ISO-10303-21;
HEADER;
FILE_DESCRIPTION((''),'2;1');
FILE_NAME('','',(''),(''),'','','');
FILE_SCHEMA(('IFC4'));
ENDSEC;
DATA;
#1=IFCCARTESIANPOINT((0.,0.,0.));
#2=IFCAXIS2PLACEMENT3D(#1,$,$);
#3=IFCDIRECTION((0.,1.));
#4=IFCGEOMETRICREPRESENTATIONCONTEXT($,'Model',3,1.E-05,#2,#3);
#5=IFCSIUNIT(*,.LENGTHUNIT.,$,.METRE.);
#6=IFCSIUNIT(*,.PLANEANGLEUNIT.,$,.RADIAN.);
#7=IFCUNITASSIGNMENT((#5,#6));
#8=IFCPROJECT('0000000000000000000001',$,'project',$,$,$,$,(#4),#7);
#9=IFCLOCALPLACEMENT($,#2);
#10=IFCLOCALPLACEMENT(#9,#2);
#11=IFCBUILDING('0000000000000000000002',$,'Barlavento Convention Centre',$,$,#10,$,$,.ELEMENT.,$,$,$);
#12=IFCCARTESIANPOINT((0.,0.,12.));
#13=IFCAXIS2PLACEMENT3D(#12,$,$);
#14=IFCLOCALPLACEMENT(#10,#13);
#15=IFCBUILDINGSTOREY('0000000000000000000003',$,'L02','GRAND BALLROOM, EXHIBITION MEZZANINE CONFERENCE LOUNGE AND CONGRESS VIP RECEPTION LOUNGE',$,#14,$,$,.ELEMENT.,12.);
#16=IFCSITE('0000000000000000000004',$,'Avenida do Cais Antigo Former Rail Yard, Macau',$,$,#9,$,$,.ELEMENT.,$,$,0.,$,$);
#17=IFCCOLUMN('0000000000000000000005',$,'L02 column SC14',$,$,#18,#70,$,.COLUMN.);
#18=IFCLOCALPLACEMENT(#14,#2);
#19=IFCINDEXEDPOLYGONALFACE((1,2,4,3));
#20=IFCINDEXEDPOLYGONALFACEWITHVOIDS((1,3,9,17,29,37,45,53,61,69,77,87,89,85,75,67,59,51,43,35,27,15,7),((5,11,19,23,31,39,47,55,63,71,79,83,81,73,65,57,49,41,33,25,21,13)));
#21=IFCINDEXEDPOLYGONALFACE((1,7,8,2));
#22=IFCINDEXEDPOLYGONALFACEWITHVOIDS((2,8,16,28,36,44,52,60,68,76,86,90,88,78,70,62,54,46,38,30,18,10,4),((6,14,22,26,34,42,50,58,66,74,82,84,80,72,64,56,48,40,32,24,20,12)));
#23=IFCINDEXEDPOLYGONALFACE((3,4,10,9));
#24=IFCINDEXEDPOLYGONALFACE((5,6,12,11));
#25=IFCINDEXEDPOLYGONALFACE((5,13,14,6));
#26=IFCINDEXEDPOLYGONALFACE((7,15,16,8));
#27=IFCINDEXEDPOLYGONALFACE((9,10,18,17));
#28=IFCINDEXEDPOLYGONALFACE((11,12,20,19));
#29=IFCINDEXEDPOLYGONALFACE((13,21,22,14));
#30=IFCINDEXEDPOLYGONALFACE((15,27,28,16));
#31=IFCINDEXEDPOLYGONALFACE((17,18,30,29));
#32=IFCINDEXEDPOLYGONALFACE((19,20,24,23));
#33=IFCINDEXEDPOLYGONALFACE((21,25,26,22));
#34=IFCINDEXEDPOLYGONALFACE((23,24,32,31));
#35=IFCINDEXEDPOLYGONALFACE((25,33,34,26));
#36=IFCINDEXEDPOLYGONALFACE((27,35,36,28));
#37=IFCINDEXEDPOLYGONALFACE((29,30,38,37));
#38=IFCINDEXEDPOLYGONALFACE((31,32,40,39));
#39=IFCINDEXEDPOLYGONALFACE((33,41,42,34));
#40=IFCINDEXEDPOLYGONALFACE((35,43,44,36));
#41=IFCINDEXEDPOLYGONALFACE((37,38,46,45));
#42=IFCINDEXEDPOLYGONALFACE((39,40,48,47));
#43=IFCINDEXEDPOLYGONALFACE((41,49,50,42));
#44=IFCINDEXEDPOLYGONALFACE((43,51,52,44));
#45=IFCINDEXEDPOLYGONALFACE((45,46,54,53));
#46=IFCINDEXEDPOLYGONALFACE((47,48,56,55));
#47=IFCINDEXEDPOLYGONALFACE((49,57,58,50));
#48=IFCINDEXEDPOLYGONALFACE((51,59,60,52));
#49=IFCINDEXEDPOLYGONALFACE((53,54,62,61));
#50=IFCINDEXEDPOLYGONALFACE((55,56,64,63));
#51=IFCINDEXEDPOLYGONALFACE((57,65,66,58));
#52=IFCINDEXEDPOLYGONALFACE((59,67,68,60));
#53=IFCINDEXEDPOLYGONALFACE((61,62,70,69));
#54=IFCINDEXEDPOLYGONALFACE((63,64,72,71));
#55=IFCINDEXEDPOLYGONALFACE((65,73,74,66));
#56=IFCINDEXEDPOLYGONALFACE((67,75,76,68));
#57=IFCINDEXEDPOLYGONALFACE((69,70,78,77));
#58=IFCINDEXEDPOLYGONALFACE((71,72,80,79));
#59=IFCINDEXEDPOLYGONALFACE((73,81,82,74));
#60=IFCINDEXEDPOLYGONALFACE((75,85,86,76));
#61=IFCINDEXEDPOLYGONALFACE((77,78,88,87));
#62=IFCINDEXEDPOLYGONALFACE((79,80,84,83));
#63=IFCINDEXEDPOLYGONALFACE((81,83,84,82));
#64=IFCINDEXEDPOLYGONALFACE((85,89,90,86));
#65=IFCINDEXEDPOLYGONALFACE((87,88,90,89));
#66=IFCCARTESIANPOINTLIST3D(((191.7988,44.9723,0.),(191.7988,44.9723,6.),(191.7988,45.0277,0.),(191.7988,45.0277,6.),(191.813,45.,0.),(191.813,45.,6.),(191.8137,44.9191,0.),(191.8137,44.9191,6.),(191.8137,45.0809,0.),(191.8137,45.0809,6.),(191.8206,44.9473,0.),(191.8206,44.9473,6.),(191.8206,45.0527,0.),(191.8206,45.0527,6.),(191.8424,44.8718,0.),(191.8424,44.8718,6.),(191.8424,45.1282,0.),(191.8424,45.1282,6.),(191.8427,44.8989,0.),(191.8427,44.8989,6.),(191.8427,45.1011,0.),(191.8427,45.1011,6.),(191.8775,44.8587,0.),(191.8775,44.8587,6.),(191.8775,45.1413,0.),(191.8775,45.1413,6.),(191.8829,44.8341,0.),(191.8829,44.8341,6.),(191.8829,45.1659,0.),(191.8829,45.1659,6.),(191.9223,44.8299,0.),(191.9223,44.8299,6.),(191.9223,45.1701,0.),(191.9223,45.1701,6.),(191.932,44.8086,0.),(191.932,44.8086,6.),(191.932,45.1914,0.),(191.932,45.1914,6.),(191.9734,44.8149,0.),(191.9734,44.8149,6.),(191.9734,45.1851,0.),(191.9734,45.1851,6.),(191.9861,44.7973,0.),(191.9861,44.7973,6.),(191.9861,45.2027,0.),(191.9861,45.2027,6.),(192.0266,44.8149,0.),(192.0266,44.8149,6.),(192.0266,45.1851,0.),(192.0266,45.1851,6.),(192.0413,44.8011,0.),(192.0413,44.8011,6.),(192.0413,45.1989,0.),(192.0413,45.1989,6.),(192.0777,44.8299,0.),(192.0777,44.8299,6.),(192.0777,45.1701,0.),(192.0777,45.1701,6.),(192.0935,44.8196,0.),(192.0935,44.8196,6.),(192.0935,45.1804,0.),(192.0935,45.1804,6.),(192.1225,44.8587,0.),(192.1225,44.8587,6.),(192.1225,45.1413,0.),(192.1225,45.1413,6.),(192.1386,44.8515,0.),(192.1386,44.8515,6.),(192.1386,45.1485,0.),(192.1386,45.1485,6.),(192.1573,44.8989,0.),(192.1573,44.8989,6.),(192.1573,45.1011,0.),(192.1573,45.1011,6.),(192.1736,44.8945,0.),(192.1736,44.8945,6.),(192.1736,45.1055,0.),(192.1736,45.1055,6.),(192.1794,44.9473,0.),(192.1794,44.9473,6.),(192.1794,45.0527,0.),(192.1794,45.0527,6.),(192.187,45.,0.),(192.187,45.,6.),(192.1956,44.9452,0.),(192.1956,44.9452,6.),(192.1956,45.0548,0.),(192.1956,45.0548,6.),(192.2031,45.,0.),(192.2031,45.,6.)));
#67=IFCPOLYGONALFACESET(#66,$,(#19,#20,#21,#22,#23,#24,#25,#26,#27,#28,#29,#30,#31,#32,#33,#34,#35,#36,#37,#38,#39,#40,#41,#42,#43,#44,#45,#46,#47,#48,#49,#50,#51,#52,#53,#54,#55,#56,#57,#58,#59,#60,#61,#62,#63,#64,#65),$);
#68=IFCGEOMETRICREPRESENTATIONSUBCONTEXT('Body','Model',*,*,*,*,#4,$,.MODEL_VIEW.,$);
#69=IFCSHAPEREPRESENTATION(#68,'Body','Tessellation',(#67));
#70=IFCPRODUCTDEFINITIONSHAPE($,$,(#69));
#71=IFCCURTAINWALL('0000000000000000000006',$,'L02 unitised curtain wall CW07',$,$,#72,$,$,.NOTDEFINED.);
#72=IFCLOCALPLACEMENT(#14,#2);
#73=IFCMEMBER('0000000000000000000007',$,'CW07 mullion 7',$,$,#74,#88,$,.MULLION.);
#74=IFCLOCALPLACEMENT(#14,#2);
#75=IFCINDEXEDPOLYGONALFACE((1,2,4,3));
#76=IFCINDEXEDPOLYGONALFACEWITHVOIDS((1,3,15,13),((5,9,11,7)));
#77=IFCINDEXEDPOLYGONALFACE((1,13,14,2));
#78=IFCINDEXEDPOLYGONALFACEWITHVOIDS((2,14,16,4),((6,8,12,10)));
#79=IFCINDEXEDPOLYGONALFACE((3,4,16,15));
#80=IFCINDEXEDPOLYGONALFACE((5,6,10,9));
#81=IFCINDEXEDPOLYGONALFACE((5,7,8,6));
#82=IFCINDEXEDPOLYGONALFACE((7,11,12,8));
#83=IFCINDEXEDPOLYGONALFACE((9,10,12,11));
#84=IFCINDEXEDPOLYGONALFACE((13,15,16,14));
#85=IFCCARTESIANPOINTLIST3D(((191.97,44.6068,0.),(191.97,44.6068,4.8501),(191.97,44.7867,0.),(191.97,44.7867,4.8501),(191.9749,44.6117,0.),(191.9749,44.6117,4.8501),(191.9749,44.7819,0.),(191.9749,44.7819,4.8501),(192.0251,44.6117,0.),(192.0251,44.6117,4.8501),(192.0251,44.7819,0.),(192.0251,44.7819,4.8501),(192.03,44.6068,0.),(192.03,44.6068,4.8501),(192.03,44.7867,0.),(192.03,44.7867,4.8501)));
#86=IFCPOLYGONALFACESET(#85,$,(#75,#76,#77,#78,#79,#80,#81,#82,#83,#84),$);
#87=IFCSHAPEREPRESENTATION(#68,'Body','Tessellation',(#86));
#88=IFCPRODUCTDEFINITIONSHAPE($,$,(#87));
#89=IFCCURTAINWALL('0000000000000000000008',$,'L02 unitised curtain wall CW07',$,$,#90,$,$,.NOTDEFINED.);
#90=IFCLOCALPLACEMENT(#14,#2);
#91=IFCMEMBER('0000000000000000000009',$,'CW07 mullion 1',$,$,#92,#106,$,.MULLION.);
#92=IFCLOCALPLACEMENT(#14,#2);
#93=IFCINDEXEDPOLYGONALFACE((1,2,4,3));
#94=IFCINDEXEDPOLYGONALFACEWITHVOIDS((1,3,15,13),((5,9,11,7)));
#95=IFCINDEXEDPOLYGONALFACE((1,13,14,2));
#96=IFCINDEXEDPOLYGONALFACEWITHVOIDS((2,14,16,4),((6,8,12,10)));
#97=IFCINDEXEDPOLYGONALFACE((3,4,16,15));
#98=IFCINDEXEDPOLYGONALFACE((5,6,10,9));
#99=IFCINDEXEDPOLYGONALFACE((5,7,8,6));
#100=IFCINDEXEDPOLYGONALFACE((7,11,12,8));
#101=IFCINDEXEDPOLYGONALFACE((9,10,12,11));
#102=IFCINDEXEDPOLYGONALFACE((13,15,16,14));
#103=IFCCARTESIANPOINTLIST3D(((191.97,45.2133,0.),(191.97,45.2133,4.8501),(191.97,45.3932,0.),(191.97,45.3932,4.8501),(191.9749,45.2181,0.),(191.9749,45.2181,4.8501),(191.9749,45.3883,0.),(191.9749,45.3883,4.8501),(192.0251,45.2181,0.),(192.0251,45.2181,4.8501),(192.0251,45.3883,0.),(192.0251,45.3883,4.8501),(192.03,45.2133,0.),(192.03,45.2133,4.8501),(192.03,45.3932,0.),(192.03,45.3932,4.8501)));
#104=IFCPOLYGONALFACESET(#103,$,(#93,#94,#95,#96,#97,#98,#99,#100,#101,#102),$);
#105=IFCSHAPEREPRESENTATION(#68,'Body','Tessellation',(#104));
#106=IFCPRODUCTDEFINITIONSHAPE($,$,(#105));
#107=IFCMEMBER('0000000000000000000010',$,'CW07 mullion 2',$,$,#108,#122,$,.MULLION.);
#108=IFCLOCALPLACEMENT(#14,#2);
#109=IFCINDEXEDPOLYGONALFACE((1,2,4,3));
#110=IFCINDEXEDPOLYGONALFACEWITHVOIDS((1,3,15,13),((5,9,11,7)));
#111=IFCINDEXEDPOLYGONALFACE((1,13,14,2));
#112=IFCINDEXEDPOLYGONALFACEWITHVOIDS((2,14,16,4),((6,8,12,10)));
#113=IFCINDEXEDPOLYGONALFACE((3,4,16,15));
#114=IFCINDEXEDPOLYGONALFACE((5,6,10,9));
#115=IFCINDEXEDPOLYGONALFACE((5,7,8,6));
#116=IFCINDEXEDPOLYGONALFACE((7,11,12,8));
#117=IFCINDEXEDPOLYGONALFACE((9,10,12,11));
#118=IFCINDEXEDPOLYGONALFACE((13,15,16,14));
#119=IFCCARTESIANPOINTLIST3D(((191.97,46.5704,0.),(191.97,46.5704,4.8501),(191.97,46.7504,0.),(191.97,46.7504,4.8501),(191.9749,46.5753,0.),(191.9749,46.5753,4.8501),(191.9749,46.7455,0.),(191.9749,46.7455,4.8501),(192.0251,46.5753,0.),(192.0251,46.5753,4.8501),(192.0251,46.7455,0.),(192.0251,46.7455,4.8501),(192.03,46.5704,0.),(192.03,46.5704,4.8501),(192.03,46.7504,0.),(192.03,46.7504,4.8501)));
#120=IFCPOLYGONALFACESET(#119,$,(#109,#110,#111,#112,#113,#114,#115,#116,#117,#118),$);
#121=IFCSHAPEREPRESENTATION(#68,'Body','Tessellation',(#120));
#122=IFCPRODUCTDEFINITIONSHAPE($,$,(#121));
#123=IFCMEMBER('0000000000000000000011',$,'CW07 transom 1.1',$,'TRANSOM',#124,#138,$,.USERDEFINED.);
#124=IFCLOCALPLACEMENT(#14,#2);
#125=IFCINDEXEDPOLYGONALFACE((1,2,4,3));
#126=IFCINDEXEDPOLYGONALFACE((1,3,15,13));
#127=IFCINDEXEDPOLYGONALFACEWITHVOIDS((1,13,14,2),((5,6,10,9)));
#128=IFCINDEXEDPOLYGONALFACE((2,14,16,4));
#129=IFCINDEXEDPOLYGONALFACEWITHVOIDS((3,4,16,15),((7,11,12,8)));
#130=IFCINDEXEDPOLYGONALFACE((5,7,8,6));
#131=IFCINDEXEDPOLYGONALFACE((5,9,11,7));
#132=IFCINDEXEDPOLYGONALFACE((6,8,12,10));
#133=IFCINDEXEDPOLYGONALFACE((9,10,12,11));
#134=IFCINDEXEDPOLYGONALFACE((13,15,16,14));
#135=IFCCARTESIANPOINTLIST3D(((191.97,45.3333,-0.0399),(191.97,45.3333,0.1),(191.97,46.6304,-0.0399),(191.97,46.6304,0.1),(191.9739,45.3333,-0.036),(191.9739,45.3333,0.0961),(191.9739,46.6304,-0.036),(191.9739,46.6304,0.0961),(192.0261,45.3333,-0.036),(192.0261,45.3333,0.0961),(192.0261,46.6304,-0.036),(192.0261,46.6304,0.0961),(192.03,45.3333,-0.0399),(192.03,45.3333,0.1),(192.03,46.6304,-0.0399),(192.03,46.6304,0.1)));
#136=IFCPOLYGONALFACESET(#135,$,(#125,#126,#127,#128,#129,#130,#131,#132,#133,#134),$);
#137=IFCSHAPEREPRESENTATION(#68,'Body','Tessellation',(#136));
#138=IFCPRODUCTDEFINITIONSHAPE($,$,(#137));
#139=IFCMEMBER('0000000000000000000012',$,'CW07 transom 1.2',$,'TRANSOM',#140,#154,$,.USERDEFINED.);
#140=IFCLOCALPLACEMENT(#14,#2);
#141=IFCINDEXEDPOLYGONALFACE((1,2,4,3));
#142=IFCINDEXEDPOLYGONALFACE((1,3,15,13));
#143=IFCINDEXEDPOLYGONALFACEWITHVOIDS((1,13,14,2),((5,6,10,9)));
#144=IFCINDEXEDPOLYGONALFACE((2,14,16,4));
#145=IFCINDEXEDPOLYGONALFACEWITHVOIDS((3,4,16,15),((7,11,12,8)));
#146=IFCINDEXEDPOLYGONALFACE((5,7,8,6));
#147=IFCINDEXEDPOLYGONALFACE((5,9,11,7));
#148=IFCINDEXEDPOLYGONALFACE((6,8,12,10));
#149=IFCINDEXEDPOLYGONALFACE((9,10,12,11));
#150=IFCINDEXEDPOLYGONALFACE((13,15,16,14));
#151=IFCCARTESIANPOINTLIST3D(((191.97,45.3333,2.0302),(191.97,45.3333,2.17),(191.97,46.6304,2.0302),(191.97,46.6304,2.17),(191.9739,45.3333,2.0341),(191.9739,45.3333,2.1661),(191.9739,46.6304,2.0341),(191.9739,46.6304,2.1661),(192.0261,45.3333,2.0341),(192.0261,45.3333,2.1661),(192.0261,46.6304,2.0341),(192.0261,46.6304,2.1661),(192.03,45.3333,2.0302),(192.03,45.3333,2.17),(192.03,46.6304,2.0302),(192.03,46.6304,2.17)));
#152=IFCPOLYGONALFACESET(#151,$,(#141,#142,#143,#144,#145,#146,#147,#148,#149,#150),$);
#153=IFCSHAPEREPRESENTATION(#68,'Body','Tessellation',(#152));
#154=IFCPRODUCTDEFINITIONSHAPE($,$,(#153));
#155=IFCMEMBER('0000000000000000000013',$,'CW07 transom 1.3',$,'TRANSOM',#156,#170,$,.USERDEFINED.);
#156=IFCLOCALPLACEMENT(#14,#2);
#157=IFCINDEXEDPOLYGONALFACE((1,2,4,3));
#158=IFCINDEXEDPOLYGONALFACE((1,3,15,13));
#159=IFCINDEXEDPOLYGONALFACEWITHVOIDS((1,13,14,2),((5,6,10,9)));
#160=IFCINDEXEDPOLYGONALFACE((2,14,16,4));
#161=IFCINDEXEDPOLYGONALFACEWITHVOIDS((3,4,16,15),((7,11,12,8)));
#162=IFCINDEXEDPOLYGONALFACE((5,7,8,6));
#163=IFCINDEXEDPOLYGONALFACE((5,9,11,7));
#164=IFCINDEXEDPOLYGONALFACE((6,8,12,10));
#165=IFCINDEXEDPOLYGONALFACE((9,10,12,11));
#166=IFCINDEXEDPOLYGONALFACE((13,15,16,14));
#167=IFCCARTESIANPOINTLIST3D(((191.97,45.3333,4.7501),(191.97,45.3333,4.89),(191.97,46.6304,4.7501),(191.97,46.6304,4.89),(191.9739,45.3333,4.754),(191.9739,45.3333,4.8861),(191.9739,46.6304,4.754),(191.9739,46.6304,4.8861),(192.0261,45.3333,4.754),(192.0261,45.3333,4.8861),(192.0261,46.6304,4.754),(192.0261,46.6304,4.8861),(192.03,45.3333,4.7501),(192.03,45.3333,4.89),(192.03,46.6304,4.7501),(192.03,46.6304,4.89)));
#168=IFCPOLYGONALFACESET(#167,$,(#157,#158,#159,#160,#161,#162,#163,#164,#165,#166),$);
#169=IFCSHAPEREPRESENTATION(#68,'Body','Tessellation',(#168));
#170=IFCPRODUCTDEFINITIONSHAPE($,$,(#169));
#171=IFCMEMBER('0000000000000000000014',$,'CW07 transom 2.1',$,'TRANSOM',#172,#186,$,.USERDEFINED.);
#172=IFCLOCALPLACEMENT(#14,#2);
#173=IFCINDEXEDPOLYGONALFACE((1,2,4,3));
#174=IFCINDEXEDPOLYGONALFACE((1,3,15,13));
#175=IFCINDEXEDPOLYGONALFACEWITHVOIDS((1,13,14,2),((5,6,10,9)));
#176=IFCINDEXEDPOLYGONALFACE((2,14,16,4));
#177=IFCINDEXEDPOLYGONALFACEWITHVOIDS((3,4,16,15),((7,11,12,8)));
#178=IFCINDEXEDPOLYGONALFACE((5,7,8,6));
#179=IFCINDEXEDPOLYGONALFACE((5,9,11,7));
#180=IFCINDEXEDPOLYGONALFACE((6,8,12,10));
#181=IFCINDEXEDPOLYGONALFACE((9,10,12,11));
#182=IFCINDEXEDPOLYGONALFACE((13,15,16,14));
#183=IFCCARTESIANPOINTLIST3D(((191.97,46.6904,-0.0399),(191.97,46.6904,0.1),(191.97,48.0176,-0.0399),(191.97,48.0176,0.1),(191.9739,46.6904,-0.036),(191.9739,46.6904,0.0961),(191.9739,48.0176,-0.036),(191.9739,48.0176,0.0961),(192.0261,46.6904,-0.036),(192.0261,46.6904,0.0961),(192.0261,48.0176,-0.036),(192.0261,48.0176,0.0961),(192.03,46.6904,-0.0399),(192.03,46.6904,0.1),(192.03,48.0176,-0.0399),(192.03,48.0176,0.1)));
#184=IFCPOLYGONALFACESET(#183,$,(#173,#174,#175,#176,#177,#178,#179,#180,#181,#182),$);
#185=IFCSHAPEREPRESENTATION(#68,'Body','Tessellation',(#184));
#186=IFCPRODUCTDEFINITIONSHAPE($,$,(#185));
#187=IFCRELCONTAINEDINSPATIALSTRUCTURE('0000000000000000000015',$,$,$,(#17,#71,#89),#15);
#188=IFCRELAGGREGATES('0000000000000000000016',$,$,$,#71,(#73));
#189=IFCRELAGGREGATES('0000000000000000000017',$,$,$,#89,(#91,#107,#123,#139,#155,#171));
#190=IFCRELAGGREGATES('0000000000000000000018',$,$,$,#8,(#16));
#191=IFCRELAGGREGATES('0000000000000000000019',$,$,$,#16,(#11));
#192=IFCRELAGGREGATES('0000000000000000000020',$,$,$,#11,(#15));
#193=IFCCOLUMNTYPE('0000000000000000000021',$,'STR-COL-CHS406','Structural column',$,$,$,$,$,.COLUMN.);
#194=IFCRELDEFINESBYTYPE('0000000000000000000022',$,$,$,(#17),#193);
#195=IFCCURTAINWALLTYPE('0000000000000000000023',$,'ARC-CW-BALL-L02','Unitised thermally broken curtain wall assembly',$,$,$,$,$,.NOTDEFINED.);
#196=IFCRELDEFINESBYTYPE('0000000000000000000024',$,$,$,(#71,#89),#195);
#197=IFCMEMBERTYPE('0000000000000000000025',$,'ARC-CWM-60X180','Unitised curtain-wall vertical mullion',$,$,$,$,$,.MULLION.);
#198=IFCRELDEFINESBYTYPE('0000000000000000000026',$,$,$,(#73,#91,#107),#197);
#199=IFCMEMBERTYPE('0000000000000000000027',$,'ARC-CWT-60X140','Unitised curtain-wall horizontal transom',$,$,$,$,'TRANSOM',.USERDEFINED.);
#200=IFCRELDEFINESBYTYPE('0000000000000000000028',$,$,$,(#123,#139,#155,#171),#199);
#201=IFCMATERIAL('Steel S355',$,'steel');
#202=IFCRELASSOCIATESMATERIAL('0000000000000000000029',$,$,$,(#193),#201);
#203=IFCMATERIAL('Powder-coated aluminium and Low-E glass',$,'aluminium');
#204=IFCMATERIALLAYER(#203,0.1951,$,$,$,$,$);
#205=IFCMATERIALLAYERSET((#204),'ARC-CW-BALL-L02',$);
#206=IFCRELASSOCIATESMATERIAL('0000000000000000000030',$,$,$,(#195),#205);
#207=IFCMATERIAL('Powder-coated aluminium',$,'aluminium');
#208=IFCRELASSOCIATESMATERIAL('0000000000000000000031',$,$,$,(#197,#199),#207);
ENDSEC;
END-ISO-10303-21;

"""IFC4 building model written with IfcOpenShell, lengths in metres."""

from ifc_helpers import new_model, si_unit, direction, frame, origin, origin_2d, place, context, subcontext, project, spatial, hollow_rectangle, hollow_circle, extrude, material, layer, layer_set, material_profile, profile_set, type_object, element, aggregate, save


model = new_model("IFC4")

# Units and contexts
model_context = context("Model", 3, precision=1e-05, world=origin(), true_north=direction((0.0, 1.0)))
body_context = subcontext(model_context, "Body", "Model", "MODEL_VIEW")
ifc_project = project(units=[si_unit("LENGTHUNIT", "METRE"), si_unit("PLANEANGLEUNIT", "RADIAN")], contexts=[model_context])

# Site, building, storey
site_placement = place(None, origin())
site = spatial("IfcSite", under=ifc_project, at=site_placement, Name="Avenida do Cais Antigo Former Rail Yard, Macau", CompositionType="ELEMENT", RefElevation=0.0)
building_placement = place(site_placement, origin())
building = spatial("IfcBuilding", under=site, at=building_placement, Name="Barlavento Convention Centre", CompositionType="ELEMENT")
storey_placement = place(building_placement, frame((0.0, 0.0, 12.0)))
storey = spatial("IfcBuildingStorey", under=building, at=storey_placement, Name="L02", Description="GRAND BALLROOM, EXHIBITION MEZZANINE CONFERENCE LOUNGE AND CONGRESS VIP RECEPTION LOUNGE", CompositionType="ELEMENT", Elevation=12.0)

# Column
ifc_material_1 = material(Name="Steel S355", Category="steel")
ifc_material_profile_1 = material_profile(ifc_material_1, hollow_circle(Radius=0.2031, WallThickness=0.0161, at=origin_2d()), Name="CHS 406.4x16.0")
ifc_profile_set_1 = profile_set([ifc_material_profile_1], Name="Steel S355")
column_type = type_object("IfcColumnType", Name="STR-COL-CHS406", Description="Structural column", PredefinedType="COLUMN", material=ifc_profile_set_1)
column_placement = place(storey_placement, frame((192.0, 45.0, 0.0), z_axis=(0.0, 0.0, 1.0), x_axis=(1.0, 0.0, 0.0)))
element("IfcColumn", 1, at=column_placement, inside=storey, type_object=column_type, Name="L02 column SC14", PredefinedType="COLUMN", context=body_context, shape_type="SweptSolid", body=[
    extrude(hollow_circle(Radius=0.2031, WallThickness=0.0161, at=origin_2d()), origin(), (0.0, 0.0, 1.0), 6.0),
])

# Curtain wall, member
ifc_material_2 = material(Name="Powder-coated aluminium and Low-E glass", Category="aluminium")
ifc_layer_1 = layer(ifc_material_2, 0.1951)
ifc_layer_set_1 = layer_set([ifc_layer_1], Name="ARC-CW-BALL-L02")
curtain_wall_type = type_object("IfcCurtainWallType", Name="ARC-CW-BALL-L02", Description="Unitised thermally broken curtain wall assembly", PredefinedType="NOTDEFINED", material=ifc_layer_set_1)
curtain_wall_1_placement = place(storey_placement, origin())
curtain_wall_1 = element("IfcCurtainWall", 2, at=curtain_wall_1_placement, inside=storey, type_object=curtain_wall_type, Name="L02 unitised curtain wall CW07", PredefinedType="NOTDEFINED")
ifc_material_3 = material(Name="Powder-coated aluminium", Category="aluminium")
ifc_material_profile_2 = material_profile(ifc_material_3, hollow_rectangle(XDim=0.0601, YDim=0.1799, WallThickness=0.0049, at=origin_2d()), Name="AL-MULL 60x180x5")
ifc_profile_set_2 = profile_set([ifc_material_profile_2], Name="Powder-coated aluminium")
member_type_1 = type_object("IfcMemberType", Name="ARC-CWM-60X180", Description="Unitised curtain-wall vertical mullion", PredefinedType="MULLION", material=ifc_profile_set_2)
member_1_placement = place(storey_placement, frame((192.0, 44.6968, 0.0), z_axis=(0.0, 0.0, 1.0), x_axis=(-1.0, 0.0, 0.0)))
member_1 = element("IfcMember", 3, at=member_1_placement, type_object=member_type_1, Name="CW07 mullion 7", PredefinedType="MULLION", context=body_context, shape_type="SweptSolid", body=[
    extrude(hollow_rectangle(XDim=0.0601, YDim=0.1799, WallThickness=0.0049, at=origin_2d()), origin(), (0.0, 0.0, 1.0), 4.8501),
])

# Curtain wall, members
curtain_wall_2_placement = place(storey_placement, origin())
curtain_wall_2 = element("IfcCurtainWall", 4, at=curtain_wall_2_placement, inside=storey, type_object=curtain_wall_type, Name="L02 unitised curtain wall CW07", PredefinedType="NOTDEFINED")
member_2_placement = place(storey_placement, frame((192.0, 45.3032, 0.0), z_axis=(0.0, 0.0, 1.0), x_axis=(-1.0, 0.0, 0.0)))
member_2 = element("IfcMember", 5, at=member_2_placement, type_object=member_type_1, Name="CW07 mullion 1", PredefinedType="MULLION", context=body_context, shape_type="SweptSolid", body=[
    extrude(hollow_rectangle(XDim=0.0601, YDim=0.1799, WallThickness=0.0049, at=origin_2d()), origin(), (0.0, 0.0, 1.0), 4.8501),
])
member_3_placement = place(storey_placement, frame((192.0, 46.6604, 0.0), z_axis=(0.0, 0.0, 1.0), x_axis=(-1.0, 0.0, 0.0)))
member_3 = element("IfcMember", 6, at=member_3_placement, type_object=member_type_1, Name="CW07 mullion 2", PredefinedType="MULLION", context=body_context, shape_type="SweptSolid", body=[
    extrude(hollow_rectangle(XDim=0.0601, YDim=0.1799, WallThickness=0.0049, at=origin_2d()), origin(), (0.0, 0.0, 1.0), 4.8501),
])
ifc_material_profile_3 = material_profile(ifc_material_3, hollow_rectangle(XDim=0.0601, YDim=0.1399, WallThickness=0.0039, at=origin_2d()), Name="AL-TRAN 60x140x4")
ifc_profile_set_3 = profile_set([ifc_material_profile_3], Name="Powder-coated aluminium")
member_type_2 = type_object("IfcMemberType", Name="ARC-CWT-60X140", Description="Unitised curtain-wall horizontal transom", ElementType="TRANSOM", PredefinedType="USERDEFINED", material=ifc_profile_set_3)
member_4_placement = place(storey_placement, frame((192.0, 45.3333, 0.03), z_axis=(0.0, 1.0, 0.0), x_axis=(-1.0, 0.0, 0.0)))
member_4 = element("IfcMember", 7, at=member_4_placement, type_object=member_type_2, Name="CW07 transom 1.1", ObjectType="TRANSOM", PredefinedType="USERDEFINED", context=body_context, shape_type="SweptSolid", body=[
    extrude(hollow_rectangle(XDim=0.0601, YDim=0.1399, WallThickness=0.0039, at=origin_2d()), origin(), (0.0, 0.0, 1.0), 1.2971),
])
member_5_placement = place(storey_placement, frame((192.0, 45.3333, 2.1001), z_axis=(0.0, 1.0, 0.0), x_axis=(-1.0, 0.0, 0.0)))
member_5 = element("IfcMember", 8, at=member_5_placement, type_object=member_type_2, Name="CW07 transom 1.2", ObjectType="TRANSOM", PredefinedType="USERDEFINED", context=body_context, shape_type="SweptSolid", body=[
    extrude(hollow_rectangle(XDim=0.0601, YDim=0.1399, WallThickness=0.0039, at=origin_2d()), origin(), (0.0, 0.0, 1.0), 1.2971),
])
member_6_placement = place(storey_placement, frame((192.0, 45.3333, 4.8201), z_axis=(0.0, 1.0, 0.0), x_axis=(-1.0, 0.0, 0.0)))
member_6 = element("IfcMember", 9, at=member_6_placement, type_object=member_type_2, Name="CW07 transom 1.3", ObjectType="TRANSOM", PredefinedType="USERDEFINED", context=body_context, shape_type="SweptSolid", body=[
    extrude(hollow_rectangle(XDim=0.0601, YDim=0.1399, WallThickness=0.0039, at=origin_2d()), origin(), (0.0, 0.0, 1.0), 1.2971),
])
member_7_placement = place(storey_placement, frame((192.0, 46.6904, 0.03), z_axis=(0.0, 1.0, 0.0), x_axis=(-1.0, 0.0, 0.0)))
member_7 = element("IfcMember", 10, at=member_7_placement, type_object=member_type_2, Name="CW07 transom 2.1", ObjectType="TRANSOM", PredefinedType="USERDEFINED", context=body_context, shape_type="SweptSolid", body=[
    extrude(hollow_rectangle(XDim=0.0601, YDim=0.1399, WallThickness=0.0039, at=origin_2d()), origin(), (0.0, 0.0, 1.0), 1.3271),
])

aggregate(curtain_wall_1, [member_1])
aggregate(curtain_wall_2, [member_2, member_3, member_4, member_5, member_6, member_7])

save(model, "model.ifc")
